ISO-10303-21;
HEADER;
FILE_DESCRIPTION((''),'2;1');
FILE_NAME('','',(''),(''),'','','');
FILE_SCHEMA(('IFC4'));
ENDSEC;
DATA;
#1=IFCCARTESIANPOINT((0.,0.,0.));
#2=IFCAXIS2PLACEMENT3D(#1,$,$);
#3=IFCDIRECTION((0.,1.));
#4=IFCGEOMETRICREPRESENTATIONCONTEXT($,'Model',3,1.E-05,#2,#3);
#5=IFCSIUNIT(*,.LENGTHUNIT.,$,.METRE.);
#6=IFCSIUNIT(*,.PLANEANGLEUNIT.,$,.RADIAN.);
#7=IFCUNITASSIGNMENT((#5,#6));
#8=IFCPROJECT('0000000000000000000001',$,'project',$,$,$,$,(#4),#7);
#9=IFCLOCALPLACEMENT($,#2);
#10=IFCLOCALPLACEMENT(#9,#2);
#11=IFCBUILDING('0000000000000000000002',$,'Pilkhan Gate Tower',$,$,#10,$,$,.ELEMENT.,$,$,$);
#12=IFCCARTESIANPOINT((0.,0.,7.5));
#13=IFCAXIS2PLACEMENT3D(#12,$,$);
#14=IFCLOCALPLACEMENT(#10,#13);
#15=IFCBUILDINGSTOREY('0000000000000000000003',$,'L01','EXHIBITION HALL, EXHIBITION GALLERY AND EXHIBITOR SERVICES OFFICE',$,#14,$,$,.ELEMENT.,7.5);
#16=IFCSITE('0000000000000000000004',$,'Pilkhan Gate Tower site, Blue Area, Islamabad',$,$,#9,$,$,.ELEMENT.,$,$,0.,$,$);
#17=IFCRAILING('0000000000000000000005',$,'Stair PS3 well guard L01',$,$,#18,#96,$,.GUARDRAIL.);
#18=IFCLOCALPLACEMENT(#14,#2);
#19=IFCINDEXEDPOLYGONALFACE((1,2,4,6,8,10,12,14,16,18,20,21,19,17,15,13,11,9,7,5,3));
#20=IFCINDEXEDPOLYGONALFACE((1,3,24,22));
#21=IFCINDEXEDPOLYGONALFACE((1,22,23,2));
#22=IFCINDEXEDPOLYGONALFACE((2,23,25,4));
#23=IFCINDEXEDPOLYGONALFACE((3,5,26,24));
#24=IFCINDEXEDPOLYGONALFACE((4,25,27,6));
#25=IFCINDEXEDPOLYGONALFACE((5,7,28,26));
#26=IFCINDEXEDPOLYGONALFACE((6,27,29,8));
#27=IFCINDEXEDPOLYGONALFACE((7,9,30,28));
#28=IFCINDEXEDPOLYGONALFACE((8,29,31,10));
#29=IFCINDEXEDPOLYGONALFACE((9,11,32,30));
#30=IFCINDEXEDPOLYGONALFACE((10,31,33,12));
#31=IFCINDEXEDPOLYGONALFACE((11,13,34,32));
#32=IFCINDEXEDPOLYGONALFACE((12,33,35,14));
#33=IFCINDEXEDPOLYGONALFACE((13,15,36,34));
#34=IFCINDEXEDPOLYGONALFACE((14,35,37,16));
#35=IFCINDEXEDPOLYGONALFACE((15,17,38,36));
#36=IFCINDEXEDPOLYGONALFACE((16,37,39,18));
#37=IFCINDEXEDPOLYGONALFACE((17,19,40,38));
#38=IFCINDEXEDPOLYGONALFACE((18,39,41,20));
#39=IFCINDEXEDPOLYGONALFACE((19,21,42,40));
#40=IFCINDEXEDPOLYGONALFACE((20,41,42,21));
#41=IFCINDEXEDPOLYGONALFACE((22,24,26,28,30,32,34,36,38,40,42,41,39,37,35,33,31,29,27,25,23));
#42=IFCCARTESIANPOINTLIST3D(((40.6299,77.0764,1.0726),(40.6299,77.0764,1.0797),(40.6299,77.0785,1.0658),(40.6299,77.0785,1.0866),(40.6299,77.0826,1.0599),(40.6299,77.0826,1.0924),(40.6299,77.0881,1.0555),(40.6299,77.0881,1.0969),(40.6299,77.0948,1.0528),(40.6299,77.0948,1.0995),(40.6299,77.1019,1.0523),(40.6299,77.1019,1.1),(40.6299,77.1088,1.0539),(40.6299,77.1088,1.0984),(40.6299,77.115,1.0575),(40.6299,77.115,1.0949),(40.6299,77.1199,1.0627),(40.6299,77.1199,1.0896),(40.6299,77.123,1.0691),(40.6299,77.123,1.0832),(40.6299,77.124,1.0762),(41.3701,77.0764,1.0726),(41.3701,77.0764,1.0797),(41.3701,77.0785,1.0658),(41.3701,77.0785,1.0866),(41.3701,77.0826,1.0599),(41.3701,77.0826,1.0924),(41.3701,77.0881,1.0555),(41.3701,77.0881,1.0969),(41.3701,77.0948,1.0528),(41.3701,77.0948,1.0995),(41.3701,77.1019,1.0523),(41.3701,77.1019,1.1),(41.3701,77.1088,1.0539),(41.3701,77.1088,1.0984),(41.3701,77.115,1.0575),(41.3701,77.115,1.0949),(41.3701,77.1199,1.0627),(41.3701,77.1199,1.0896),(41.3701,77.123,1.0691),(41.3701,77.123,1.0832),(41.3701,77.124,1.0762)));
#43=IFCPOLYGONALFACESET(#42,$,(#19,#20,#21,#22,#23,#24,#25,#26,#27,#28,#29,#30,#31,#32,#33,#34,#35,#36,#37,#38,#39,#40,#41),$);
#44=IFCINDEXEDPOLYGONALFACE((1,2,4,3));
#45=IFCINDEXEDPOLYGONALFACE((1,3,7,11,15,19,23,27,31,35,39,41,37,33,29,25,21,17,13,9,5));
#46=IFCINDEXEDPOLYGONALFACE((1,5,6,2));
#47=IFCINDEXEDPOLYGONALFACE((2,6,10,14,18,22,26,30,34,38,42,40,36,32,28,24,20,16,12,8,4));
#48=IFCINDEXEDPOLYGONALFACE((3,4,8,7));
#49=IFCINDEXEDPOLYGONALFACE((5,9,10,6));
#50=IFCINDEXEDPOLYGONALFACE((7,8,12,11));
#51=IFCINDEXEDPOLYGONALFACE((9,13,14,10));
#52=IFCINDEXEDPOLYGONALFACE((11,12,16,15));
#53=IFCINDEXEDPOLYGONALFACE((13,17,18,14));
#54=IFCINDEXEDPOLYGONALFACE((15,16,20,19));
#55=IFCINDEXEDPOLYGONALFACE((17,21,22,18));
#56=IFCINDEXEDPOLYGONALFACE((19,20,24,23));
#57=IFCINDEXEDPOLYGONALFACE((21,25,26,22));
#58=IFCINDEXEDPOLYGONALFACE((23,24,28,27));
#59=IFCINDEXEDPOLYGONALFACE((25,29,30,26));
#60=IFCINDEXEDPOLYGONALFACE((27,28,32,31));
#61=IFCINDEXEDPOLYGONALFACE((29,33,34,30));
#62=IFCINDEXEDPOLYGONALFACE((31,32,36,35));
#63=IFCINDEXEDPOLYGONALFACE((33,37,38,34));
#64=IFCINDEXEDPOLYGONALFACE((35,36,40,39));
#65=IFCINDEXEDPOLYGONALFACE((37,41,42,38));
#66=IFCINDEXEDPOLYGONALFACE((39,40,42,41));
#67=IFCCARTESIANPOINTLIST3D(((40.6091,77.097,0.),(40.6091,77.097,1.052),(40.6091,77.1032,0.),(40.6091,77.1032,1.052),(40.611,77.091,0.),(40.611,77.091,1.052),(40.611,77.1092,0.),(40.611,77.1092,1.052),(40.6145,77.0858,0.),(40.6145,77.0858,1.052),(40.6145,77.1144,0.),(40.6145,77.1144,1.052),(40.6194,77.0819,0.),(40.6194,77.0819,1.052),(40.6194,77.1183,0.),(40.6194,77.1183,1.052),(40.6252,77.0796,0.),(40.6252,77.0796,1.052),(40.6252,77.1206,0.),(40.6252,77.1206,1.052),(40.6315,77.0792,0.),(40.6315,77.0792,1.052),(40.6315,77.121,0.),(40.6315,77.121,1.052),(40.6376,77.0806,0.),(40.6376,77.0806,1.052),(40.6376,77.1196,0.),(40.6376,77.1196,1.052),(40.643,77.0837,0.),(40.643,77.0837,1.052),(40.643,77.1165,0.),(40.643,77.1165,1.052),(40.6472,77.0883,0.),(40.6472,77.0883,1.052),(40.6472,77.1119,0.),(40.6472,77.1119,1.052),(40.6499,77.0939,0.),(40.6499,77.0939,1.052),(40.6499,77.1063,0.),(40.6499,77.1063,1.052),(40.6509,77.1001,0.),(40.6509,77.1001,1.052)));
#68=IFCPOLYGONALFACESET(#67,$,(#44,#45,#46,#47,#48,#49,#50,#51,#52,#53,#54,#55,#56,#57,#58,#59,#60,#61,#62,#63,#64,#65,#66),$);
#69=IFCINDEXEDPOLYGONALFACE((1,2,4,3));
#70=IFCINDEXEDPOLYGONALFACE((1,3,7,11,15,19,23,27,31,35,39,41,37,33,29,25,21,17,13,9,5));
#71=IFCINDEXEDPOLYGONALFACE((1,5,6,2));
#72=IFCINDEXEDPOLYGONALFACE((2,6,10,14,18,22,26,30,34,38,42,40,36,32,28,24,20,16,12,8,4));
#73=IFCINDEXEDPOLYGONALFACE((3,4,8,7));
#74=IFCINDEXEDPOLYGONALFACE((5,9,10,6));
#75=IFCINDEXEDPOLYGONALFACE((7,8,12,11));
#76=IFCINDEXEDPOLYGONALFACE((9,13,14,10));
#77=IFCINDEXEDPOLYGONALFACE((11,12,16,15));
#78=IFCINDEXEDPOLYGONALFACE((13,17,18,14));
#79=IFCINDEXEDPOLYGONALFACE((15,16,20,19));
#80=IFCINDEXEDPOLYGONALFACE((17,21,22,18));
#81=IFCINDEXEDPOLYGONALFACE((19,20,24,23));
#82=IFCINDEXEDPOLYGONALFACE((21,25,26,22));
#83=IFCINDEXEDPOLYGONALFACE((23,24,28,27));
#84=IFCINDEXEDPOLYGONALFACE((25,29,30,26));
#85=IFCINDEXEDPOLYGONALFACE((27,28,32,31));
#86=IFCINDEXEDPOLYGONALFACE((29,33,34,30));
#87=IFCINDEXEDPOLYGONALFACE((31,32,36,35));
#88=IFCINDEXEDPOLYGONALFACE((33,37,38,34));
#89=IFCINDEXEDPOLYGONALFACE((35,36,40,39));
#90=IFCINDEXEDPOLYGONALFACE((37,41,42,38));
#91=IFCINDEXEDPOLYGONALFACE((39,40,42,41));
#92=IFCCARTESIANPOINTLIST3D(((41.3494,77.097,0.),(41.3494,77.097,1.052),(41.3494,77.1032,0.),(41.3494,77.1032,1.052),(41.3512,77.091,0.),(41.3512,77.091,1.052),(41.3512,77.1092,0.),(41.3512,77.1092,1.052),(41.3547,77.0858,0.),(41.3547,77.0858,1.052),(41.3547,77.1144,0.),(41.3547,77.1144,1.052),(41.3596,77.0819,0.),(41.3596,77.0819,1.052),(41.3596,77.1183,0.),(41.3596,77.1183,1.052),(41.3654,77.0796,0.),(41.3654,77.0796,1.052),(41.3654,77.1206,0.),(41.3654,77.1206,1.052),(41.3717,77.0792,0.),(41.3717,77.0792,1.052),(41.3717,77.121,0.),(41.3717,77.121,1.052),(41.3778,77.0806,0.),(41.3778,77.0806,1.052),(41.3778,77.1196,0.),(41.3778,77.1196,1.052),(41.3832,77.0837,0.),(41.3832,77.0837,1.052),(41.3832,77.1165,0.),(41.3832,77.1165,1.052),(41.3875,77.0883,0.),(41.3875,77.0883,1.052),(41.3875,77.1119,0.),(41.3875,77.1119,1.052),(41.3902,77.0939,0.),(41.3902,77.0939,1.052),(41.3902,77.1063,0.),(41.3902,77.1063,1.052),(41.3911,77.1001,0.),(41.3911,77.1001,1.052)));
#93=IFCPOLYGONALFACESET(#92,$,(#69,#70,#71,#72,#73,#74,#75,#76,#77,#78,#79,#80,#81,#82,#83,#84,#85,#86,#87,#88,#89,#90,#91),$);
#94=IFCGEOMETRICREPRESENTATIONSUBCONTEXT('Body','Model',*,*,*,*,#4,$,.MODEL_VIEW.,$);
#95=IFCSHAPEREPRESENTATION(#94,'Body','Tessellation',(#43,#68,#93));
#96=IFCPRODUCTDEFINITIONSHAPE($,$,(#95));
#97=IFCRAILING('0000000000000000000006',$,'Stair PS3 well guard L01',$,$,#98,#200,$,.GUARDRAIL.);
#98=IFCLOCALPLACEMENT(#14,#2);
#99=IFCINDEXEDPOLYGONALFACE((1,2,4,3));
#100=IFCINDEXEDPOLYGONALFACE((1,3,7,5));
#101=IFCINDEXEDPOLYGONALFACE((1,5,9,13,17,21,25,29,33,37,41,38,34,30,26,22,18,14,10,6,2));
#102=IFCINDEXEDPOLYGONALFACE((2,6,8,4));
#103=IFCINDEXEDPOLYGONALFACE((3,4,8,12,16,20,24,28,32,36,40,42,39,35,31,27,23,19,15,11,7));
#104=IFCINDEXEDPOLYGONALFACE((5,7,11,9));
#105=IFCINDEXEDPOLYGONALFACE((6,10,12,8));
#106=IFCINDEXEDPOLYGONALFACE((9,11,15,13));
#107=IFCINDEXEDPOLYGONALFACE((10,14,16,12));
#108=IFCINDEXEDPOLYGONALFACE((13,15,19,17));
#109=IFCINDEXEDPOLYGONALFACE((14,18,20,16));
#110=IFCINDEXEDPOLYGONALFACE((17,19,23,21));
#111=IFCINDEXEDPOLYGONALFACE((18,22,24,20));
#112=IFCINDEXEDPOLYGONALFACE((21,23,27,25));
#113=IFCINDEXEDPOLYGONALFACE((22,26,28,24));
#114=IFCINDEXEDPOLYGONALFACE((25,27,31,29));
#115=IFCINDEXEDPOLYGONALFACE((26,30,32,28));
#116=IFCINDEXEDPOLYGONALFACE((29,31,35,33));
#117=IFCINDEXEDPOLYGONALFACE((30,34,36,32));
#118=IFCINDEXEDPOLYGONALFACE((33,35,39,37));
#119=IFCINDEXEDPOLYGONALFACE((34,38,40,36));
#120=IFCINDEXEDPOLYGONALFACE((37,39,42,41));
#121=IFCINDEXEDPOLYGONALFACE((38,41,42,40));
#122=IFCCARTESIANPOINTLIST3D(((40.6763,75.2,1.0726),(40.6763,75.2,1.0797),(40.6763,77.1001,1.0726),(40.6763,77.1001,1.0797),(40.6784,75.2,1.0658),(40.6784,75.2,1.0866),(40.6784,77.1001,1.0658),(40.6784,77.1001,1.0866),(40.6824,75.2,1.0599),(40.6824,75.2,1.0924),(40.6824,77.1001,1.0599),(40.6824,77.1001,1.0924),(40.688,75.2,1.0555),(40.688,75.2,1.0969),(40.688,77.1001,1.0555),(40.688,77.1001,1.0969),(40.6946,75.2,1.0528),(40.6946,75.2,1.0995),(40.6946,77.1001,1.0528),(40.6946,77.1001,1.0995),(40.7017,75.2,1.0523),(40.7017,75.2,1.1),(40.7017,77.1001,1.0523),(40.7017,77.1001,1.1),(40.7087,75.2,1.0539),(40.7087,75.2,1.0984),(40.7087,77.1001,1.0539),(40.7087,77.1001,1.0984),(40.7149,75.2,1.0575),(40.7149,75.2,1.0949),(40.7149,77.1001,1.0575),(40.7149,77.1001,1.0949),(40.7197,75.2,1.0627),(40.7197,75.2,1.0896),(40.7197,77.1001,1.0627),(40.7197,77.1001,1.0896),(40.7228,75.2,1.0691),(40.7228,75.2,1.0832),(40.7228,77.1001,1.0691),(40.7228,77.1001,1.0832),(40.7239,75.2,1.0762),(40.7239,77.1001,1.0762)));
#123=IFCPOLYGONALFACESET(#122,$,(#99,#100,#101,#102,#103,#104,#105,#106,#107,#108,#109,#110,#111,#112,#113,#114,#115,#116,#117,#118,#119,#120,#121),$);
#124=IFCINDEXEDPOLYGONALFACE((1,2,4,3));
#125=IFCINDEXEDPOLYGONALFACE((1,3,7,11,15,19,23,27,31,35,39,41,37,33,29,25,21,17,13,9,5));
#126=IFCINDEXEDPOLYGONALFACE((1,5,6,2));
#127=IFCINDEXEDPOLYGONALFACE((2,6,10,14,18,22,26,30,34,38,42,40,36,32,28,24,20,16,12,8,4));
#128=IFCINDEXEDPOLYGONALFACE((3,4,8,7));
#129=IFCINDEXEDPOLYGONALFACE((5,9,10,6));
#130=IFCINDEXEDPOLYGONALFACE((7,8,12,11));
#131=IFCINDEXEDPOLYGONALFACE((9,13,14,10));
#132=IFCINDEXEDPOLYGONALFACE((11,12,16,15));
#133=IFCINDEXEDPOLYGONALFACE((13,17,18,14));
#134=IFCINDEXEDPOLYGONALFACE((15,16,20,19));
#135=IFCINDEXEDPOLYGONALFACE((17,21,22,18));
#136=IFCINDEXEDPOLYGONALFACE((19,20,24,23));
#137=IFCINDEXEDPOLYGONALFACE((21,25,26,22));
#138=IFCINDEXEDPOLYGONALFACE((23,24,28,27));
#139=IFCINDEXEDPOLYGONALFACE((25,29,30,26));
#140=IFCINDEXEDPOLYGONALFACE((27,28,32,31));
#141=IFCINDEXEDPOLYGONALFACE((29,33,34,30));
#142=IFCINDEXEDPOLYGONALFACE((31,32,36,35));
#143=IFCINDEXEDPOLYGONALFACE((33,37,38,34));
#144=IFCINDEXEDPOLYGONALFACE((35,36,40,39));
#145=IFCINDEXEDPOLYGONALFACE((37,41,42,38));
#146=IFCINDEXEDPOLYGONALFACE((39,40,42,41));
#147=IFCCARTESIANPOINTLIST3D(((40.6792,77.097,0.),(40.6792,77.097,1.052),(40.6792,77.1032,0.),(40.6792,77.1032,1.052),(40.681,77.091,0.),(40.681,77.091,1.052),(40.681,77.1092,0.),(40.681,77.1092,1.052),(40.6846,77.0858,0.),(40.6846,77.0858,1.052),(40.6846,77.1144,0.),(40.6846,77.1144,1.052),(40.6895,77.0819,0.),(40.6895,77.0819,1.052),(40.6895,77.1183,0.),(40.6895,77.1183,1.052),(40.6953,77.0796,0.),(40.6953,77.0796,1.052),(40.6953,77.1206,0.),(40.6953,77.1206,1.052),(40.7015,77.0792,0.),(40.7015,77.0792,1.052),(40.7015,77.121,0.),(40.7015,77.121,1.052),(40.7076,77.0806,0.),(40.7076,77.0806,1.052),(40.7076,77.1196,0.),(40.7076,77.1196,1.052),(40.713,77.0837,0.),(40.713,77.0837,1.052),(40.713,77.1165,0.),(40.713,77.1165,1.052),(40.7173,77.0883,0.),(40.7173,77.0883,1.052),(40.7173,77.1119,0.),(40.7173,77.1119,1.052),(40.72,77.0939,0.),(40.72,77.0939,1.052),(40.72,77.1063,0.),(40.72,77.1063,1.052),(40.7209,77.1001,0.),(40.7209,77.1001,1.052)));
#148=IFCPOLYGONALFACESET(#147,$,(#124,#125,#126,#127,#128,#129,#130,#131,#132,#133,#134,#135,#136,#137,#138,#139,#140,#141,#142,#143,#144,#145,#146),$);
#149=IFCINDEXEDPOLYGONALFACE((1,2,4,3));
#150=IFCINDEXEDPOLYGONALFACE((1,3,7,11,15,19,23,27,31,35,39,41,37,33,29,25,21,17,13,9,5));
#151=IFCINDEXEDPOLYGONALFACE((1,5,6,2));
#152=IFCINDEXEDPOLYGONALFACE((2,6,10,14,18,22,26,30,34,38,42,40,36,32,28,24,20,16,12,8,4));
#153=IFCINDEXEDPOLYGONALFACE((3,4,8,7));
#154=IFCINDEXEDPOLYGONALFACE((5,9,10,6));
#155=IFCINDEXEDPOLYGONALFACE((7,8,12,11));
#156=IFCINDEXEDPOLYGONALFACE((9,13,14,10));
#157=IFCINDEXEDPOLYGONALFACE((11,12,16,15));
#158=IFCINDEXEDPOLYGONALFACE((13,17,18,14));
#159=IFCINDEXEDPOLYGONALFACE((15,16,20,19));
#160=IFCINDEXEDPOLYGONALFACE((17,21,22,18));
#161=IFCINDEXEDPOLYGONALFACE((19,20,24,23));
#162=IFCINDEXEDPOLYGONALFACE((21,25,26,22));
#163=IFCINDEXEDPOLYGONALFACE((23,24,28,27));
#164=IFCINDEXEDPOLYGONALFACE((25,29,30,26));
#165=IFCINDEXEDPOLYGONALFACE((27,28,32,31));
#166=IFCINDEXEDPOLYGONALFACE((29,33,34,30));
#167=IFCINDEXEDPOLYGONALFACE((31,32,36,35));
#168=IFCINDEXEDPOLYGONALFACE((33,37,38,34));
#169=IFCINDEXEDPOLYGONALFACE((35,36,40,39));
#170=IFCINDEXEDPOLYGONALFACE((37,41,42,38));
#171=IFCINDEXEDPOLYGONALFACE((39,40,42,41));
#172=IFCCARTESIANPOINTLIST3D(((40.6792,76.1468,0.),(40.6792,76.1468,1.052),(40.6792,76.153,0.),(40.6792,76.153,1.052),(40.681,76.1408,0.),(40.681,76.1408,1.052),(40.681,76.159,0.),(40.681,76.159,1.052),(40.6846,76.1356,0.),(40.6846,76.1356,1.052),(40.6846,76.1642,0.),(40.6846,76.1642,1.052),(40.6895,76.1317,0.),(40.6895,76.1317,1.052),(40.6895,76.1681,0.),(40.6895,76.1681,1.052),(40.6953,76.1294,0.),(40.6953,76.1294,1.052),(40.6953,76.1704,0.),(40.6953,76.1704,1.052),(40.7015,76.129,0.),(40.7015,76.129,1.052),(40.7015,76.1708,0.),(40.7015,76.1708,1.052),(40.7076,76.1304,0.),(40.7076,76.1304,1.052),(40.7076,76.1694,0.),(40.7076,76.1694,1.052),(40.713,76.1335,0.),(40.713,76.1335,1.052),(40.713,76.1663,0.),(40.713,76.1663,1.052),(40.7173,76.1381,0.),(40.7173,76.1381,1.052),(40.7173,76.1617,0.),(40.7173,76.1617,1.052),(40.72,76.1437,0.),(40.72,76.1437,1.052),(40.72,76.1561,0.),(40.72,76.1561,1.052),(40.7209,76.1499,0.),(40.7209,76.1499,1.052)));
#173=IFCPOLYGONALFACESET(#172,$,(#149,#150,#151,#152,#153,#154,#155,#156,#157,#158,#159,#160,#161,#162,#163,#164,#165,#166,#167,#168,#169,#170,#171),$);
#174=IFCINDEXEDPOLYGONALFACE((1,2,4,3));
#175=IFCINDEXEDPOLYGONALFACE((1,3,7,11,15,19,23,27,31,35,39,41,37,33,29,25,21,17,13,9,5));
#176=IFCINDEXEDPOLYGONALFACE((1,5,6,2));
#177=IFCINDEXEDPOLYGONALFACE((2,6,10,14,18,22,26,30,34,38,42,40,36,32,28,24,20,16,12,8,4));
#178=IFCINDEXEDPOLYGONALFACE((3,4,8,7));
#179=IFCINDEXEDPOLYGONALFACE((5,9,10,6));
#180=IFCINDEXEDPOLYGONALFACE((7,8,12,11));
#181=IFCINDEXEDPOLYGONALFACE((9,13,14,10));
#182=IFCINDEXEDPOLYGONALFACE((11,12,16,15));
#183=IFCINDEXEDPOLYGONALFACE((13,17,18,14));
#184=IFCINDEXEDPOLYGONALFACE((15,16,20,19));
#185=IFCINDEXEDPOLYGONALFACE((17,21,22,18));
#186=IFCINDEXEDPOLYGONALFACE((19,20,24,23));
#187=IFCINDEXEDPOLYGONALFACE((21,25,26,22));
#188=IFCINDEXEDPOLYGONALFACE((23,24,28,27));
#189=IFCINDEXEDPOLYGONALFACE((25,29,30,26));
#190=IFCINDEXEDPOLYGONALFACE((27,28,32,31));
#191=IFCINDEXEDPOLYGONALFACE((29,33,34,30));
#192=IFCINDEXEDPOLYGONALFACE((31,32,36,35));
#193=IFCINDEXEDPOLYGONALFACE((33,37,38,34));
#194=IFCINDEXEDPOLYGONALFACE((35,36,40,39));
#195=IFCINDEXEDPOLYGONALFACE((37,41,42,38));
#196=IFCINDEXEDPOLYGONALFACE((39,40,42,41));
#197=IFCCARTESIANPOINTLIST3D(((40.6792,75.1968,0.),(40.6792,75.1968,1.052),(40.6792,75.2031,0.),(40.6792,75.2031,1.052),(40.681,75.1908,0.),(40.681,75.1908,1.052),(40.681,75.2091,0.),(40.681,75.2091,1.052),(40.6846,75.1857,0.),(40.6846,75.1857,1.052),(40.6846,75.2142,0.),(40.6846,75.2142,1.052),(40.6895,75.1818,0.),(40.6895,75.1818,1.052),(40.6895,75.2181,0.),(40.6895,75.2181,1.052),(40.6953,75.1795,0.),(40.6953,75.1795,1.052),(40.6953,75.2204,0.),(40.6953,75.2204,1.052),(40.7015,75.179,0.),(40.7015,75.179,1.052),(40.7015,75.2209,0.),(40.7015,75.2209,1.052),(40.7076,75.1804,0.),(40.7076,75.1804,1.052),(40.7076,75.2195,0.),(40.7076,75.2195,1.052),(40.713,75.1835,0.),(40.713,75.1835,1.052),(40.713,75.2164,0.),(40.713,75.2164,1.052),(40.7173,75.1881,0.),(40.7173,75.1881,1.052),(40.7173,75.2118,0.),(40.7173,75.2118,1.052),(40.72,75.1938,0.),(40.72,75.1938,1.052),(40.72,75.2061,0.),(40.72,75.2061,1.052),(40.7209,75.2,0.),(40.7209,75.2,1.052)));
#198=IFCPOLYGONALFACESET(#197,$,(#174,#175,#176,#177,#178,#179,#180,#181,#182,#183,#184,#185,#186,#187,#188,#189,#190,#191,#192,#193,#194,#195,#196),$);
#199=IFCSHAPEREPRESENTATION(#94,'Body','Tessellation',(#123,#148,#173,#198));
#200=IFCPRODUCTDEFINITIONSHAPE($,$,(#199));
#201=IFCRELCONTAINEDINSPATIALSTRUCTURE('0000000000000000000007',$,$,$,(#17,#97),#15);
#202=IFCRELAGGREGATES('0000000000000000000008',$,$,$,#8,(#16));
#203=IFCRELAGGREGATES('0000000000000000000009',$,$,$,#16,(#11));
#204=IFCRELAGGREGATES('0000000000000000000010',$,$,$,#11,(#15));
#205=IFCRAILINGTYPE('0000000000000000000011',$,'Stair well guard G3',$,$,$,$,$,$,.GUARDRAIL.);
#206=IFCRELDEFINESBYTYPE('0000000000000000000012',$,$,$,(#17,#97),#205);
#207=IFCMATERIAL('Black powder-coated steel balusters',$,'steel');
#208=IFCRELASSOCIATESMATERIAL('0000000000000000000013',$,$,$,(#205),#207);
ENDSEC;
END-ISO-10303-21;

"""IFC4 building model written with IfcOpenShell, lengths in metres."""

from ifc_helpers import new_model, si_unit, direction, frame, origin, origin_2d, place, context, subcontext, project, spatial, circle, extrude, material, type_object, element, save


model = new_model("IFC4")

# Units and contexts
model_context = context("Model", 3, precision=1e-05, world=origin(), true_north=direction((0.0, 1.0)))
body_context = subcontext(model_context, "Body", "Model", "MODEL_VIEW")
ifc_project = project(units=[si_unit("LENGTHUNIT", "METRE"), si_unit("PLANEANGLEUNIT", "RADIAN")], contexts=[model_context])

# Site, building, storey
site_placement = place(None, origin())
site = spatial("IfcSite", under=ifc_project, at=site_placement, Name="Pilkhan Gate Tower site, Blue Area, Islamabad", CompositionType="ELEMENT", RefElevation=0.0)
building_placement = place(site_placement, origin())
building = spatial("IfcBuilding", under=site, at=building_placement, Name="Pilkhan Gate Tower", CompositionType="ELEMENT")
storey_placement = place(building_placement, frame((0.0, 0.0, 7.5)))
storey = spatial("IfcBuildingStorey", under=building, at=storey_placement, Name="L01", Description="EXHIBITION HALL, EXHIBITION GALLERY AND EXHIBITOR SERVICES OFFICE", CompositionType="ELEMENT", Elevation=7.5)

# Railings
ifc_material_1 = material(Name="Black powder-coated steel balusters", Category="steel")
railing_type_1 = type_object("IfcRailingType", Name="Stair well guard G3", PredefinedType="GUARDRAIL", material=ifc_material_1)
railing_1_placement = place(storey_placement, frame((40.6299, 77.1001, 0.0)))
element("IfcRailing", 1, at=railing_1_placement, inside=storey, type_object=railing_type_1, Name="Stair PS3 well guard L01", PredefinedType="GUARDRAIL", context=body_context, shape_type="SweptSolid", body=[
    extrude(circle(Radius=0.0239, at=origin_2d()), frame((0.0, 0.0, 1.0762), z_axis=(1.0, 0.0, 0.0), x_axis=(0.0, 1.0, 0.0)), (0.0, 0.0, 1.0), 0.7402),
    extrude(circle(Radius=0.021, at=origin_2d()), origin(), (0.0, 0.0, 1.0), 1.052),
    extrude(circle(Radius=0.021, at=origin_2d()), frame((0.7402, 0.0, 0.0)), (0.0, 0.0, 1.0), 1.052),
])
railing_2_placement = place(storey_placement, frame((40.7, 77.1001, 0.0)))
element("IfcRailing", 2, at=railing_2_placement, inside=storey, type_object=railing_type_1, Name="Stair PS3 well guard L01", PredefinedType="GUARDRAIL", context=body_context, shape_type="SweptSolid", body=[
    extrude(circle(Radius=0.0239, at=origin_2d()), frame((0.0, 0.0, 1.0762), z_axis=(0.0, -1.0, 0.0), x_axis=(1.0, 0.0, 0.0)), (0.0, 0.0, 1.0), 1.9001),
    extrude(circle(Radius=0.021, at=origin_2d()), origin(), (0.0, 0.0, 1.0), 1.052),
    extrude(circle(Radius=0.021, at=origin_2d()), frame((0.0, -0.9502, 0.0)), (0.0, 0.0, 1.0), 1.052),
    extrude(circle(Radius=0.021, at=origin_2d()), frame((0.0, -1.9001, 0.0)), (0.0, 0.0, 1.0), 1.052),
])

save(model, "model.ifc")
